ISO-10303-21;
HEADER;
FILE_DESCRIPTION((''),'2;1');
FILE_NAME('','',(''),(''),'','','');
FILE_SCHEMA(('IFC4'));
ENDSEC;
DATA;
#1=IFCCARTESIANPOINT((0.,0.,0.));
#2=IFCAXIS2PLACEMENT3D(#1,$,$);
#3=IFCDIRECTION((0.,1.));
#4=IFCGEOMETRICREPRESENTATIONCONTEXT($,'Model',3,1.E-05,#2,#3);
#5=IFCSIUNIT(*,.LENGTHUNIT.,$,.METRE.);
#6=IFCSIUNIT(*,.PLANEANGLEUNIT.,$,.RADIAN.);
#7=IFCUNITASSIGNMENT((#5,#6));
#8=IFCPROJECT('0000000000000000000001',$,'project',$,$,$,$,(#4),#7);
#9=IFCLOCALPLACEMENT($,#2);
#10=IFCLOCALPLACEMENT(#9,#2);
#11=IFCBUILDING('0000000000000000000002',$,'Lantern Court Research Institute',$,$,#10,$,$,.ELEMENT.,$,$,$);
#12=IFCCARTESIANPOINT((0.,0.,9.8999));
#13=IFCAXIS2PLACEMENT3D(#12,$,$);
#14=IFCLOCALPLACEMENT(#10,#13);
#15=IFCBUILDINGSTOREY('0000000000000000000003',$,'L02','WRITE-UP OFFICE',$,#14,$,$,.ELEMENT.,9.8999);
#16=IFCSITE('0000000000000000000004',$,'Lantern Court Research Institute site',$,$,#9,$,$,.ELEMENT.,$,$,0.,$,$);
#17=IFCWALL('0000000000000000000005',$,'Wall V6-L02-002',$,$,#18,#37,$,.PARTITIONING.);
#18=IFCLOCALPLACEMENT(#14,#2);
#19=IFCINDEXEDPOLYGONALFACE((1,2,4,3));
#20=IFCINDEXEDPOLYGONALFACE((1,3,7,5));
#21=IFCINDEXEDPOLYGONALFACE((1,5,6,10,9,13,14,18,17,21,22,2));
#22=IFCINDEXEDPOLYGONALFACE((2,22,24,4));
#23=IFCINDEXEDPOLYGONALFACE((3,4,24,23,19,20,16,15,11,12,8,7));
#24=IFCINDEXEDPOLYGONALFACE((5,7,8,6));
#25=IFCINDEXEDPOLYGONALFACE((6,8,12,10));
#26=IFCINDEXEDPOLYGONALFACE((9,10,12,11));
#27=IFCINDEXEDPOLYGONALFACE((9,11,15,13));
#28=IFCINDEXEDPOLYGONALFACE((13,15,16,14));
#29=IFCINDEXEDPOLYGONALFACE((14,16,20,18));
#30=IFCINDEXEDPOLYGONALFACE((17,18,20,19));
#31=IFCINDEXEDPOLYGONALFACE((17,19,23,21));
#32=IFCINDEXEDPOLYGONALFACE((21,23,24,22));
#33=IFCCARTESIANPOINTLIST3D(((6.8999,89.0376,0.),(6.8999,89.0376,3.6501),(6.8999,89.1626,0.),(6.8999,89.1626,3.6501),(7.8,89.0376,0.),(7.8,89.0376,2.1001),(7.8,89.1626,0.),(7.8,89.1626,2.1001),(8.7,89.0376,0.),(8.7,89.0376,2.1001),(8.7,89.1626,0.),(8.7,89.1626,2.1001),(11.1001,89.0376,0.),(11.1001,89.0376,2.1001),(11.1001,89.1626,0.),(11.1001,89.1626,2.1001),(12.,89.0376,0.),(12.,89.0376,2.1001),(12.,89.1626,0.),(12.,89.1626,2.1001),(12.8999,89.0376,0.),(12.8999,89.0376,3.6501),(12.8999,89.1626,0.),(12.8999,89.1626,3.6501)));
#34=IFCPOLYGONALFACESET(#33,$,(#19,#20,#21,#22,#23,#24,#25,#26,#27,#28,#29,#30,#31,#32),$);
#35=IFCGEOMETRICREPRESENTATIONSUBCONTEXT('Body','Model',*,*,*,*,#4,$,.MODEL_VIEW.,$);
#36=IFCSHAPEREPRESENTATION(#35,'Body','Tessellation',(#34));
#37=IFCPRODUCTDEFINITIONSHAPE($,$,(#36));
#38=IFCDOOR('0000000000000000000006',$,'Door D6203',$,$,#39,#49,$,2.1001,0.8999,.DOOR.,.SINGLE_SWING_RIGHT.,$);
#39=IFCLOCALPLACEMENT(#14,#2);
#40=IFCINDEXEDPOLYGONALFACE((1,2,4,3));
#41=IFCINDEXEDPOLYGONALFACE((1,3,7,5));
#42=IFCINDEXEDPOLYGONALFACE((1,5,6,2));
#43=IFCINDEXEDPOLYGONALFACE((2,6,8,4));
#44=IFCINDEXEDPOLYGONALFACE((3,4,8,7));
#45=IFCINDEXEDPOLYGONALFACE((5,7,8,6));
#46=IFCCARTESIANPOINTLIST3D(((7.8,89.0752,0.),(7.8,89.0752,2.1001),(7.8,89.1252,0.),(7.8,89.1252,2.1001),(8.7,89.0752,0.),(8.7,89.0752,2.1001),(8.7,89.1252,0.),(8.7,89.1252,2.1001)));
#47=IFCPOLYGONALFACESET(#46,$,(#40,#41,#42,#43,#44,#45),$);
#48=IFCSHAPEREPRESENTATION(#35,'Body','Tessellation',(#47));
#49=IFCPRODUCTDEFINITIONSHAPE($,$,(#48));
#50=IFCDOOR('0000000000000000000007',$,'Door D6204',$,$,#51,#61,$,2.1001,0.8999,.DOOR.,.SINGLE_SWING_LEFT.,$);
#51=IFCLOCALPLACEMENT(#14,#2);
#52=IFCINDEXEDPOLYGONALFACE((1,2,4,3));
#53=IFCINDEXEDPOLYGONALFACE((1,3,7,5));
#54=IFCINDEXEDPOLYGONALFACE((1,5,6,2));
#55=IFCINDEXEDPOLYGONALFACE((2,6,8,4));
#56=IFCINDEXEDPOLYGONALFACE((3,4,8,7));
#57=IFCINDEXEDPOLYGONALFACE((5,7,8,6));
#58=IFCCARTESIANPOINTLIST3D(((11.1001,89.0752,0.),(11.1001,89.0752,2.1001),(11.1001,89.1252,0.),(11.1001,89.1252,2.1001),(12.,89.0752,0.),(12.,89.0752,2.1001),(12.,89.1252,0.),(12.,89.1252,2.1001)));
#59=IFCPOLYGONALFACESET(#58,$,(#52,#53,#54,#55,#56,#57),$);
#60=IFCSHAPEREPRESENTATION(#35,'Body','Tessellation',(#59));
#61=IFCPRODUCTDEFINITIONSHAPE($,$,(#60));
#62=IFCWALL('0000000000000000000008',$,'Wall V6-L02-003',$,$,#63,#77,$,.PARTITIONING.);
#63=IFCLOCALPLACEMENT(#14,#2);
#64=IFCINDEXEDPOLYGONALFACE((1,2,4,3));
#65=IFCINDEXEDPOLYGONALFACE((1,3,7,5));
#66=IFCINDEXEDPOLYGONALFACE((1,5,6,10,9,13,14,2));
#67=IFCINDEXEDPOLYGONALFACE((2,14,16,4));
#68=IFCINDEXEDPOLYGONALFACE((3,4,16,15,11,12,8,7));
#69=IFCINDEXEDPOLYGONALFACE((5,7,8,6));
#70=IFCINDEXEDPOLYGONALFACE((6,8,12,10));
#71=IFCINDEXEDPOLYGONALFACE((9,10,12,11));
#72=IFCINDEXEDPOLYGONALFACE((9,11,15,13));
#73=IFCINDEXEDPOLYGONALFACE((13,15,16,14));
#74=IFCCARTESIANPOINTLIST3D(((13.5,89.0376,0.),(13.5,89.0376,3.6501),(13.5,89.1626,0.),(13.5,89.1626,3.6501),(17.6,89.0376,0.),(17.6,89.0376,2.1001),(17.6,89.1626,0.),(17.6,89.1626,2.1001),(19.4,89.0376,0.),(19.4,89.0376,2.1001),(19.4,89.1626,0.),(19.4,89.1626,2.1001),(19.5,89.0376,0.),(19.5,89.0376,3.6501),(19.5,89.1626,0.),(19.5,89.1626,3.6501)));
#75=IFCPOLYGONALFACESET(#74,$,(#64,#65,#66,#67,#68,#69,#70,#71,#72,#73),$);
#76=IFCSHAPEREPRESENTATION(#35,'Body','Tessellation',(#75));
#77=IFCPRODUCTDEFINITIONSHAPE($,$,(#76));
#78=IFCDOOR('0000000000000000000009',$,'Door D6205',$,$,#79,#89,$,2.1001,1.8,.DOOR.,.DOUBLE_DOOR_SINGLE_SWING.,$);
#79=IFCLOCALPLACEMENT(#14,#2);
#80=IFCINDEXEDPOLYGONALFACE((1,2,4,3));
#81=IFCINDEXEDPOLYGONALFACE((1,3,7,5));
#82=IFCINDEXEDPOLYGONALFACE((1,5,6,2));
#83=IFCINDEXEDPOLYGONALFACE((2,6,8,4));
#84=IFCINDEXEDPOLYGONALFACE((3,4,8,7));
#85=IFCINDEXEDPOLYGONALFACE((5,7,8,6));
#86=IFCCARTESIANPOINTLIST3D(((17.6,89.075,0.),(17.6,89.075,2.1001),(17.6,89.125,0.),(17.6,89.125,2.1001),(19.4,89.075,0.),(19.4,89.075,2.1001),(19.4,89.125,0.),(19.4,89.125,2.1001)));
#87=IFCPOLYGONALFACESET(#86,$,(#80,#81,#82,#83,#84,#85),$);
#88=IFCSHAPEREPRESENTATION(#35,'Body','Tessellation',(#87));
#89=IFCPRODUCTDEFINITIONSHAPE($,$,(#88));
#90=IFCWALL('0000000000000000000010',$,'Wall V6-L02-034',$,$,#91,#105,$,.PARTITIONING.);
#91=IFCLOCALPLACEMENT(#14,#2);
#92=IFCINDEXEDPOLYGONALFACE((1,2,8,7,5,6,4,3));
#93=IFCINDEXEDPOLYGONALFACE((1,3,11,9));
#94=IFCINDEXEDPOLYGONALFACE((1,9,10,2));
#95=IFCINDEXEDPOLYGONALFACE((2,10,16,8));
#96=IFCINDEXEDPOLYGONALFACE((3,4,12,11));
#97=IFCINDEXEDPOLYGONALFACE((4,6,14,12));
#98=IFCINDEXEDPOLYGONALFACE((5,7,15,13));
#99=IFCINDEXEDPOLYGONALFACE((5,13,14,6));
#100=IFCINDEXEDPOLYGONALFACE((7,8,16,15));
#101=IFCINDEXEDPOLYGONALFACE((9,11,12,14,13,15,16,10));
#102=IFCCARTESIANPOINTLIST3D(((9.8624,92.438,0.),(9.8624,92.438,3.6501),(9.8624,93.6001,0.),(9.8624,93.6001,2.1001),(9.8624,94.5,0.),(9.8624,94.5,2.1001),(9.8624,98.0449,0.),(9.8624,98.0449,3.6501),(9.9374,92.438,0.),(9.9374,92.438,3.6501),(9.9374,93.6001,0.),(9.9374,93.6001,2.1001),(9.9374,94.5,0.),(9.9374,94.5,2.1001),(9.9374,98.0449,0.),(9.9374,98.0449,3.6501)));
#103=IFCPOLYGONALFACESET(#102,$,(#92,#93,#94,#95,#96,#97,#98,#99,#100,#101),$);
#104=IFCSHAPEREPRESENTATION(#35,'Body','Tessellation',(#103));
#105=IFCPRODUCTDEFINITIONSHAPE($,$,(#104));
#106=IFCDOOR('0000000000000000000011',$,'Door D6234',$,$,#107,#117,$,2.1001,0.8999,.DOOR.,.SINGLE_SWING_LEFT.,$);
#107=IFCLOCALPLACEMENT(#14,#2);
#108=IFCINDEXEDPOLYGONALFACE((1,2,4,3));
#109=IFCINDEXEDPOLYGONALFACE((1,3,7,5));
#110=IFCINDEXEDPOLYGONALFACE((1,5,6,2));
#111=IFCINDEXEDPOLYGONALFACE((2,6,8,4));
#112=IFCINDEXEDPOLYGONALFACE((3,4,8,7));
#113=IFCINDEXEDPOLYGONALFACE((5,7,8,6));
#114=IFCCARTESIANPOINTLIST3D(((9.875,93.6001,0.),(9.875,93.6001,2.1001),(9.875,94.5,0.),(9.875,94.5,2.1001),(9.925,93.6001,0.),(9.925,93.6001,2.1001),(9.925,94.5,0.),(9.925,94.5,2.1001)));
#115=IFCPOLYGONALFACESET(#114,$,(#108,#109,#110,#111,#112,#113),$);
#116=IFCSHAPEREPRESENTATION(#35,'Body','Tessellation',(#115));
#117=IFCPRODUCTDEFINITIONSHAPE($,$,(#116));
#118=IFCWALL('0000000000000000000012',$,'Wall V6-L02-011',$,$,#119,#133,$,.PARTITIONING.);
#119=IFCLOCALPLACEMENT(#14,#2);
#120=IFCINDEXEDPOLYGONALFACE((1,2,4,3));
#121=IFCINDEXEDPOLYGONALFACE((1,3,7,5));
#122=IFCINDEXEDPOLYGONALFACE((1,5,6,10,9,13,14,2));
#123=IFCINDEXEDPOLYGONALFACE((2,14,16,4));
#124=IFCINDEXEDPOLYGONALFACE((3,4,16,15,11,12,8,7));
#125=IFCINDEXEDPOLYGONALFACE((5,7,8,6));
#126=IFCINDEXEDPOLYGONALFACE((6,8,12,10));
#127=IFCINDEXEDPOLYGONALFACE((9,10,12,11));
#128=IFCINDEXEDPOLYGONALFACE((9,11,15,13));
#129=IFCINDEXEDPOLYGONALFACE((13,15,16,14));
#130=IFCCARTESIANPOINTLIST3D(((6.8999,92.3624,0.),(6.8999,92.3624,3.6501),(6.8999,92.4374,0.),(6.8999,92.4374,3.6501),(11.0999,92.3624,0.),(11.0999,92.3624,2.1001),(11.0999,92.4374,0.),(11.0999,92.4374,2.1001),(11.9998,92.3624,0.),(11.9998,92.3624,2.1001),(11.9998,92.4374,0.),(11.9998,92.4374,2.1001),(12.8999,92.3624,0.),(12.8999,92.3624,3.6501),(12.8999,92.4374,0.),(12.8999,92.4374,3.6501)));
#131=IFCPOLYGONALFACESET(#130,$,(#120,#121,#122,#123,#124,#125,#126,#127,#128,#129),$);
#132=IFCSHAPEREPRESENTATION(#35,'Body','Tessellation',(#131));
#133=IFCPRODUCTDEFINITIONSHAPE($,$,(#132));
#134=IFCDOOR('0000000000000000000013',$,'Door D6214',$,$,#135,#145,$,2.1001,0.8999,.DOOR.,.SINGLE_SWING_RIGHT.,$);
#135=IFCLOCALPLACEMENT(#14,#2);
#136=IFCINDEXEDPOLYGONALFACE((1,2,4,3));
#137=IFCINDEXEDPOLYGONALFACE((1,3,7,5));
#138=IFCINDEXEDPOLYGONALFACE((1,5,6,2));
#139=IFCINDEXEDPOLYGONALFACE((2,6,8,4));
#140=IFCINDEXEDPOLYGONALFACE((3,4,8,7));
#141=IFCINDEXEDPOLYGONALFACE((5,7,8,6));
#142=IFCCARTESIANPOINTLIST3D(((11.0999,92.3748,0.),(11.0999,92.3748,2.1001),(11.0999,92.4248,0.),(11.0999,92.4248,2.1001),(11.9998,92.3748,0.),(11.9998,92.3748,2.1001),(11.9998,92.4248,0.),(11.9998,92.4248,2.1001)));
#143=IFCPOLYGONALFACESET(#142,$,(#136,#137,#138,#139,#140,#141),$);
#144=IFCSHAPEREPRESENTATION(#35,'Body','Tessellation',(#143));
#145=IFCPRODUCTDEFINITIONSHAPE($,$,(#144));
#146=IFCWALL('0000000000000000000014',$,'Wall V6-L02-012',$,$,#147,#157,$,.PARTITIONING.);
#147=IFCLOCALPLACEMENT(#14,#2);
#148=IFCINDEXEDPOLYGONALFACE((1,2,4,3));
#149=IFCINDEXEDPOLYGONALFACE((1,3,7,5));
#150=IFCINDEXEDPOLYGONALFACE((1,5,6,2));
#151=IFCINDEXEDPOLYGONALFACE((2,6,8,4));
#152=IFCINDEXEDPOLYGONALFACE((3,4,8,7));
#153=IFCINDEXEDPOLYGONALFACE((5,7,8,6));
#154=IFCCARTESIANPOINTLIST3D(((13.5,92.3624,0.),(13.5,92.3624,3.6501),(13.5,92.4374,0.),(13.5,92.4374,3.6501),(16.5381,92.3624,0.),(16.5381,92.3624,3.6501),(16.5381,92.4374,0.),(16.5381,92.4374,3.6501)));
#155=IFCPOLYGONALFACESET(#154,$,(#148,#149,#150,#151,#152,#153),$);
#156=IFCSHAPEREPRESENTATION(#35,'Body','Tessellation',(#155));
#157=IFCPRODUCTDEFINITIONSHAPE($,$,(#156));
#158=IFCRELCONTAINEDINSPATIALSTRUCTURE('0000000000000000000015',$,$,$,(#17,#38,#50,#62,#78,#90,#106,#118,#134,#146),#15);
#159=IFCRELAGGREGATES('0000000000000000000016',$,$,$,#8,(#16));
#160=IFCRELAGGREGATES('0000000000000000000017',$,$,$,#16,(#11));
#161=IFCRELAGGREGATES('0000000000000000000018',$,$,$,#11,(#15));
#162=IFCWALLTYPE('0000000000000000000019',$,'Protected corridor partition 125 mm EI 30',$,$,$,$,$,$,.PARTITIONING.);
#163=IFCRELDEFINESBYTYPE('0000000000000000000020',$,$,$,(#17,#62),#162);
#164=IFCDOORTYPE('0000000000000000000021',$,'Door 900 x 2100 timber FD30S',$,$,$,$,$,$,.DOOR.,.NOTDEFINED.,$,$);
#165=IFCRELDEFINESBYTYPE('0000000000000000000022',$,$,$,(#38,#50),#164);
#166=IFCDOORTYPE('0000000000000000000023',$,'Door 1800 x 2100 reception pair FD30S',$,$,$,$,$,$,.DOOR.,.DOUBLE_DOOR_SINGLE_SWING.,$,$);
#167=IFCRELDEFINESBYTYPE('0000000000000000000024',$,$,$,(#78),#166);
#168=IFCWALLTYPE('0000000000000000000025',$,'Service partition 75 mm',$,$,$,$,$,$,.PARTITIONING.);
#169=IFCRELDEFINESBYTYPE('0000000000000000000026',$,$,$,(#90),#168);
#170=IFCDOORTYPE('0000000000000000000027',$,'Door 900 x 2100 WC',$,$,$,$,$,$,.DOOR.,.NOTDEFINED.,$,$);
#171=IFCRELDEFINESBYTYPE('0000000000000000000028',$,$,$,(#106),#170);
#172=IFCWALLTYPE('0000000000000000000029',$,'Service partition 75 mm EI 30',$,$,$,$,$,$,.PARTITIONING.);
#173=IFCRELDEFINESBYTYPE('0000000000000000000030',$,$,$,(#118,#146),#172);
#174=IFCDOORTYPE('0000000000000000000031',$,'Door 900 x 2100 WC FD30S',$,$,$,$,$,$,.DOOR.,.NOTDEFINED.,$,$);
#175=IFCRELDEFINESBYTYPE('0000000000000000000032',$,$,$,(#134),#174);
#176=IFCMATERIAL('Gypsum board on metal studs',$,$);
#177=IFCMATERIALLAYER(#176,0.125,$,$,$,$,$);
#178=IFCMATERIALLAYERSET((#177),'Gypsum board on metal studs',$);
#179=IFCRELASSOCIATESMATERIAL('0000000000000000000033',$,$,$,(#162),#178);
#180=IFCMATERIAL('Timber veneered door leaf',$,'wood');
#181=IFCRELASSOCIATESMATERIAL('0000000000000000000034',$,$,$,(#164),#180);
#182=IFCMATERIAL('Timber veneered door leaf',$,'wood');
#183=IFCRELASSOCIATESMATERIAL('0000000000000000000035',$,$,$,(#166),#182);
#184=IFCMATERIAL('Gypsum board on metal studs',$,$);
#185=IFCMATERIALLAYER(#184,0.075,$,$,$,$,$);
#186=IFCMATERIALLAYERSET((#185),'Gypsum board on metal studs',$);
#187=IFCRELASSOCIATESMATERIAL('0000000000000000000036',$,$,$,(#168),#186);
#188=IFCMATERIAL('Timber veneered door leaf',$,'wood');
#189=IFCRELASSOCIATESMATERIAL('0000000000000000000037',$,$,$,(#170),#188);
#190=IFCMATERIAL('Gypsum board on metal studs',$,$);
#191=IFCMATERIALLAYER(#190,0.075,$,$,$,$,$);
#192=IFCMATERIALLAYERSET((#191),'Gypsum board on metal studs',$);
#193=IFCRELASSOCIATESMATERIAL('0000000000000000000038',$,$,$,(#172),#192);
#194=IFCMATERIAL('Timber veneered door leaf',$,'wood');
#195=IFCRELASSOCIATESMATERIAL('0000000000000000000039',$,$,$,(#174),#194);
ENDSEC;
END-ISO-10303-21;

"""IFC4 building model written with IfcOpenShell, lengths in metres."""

from ifc_helpers import new_model, si_unit, direction, frame, frame_2d, origin, place, context, subcontext, project, spatial, rectangle, extrude, material, layer, layer_set, type_object, element, fill, save


model = new_model("IFC4")

# Units and contexts
model_context = context("Model", 3, precision=1e-05, world=origin(), true_north=direction((0.0, 1.0)))
body_context = subcontext(model_context, "Body", "Model", "MODEL_VIEW")
ifc_project = project(units=[si_unit("LENGTHUNIT", "METRE"), si_unit("PLANEANGLEUNIT", "RADIAN")], contexts=[model_context])

# Site, building, storey
site_placement = place(None, origin())
site = spatial("IfcSite", under=ifc_project, at=site_placement, Name="Lantern Court Research Institute site", CompositionType="ELEMENT", RefElevation=0.0)
building_placement = place(site_placement, origin())
building = spatial("IfcBuilding", under=site, at=building_placement, Name="Lantern Court Research Institute", CompositionType="ELEMENT")
storey_placement = place(building_placement, frame((0.0, 0.0, 9.8999)))
storey = spatial("IfcBuildingStorey", under=building, at=storey_placement, Name="L02", Description="WRITE-UP OFFICE", CompositionType="ELEMENT", Elevation=9.8999)

# Wall, openings, doors
ifc_material_1 = material(Name="Gypsum board on metal studs")
ifc_layer_1 = layer(ifc_material_1, 0.125)
ifc_layer_set_1 = layer_set([ifc_layer_1], Name="Gypsum board on metal studs")
wall_type_1 = type_object("IfcWallType", Name="Protected corridor partition 125 mm EI 30", PredefinedType="PARTITIONING", material=ifc_layer_set_1)
wall_1_placement = place(storey_placement, frame((12.8999, 89.1001, 0.0), z_axis=(0.0, 0.0, 1.0), x_axis=(-1.0, 0.0, 0.0)))
wall_1 = element("IfcWall", 1, at=wall_1_placement, inside=storey, type_object=wall_type_1, Name="Wall V6-L02-002", PredefinedType="PARTITIONING", context=body_context, shape_type="SweptSolid", body=[
    extrude(rectangle(XDim=6.0, YDim=0.125, at=frame_2d((3.0, 0.0))), origin(), (0.0, 0.0, 1.0), 3.6501),
])
opening_1_placement = place(wall_1_placement, frame((4.2, 0.0, 0.0)))
opening_1 = element("IfcOpeningElement", 2, at=opening_1_placement, cuts=wall_1, PredefinedType="OPENING", context=body_context, shape_type="SweptSolid", body=[
    extrude(rectangle(XDim=0.8999, YDim=2.1001, at=frame_2d((0.45, 1.05))), frame((0.0, 0.0725, 0.0), z_axis=(0.0, -1.0, 0.0), x_axis=(1.0, 0.0, 0.0)), (0.0, 0.0, 1.0), 0.145),
])
opening_2_placement = place(wall_1_placement, frame((0.8999, 0.0, 0.0)))
opening_2 = element("IfcOpeningElement", 3, at=opening_2_placement, cuts=wall_1, PredefinedType="OPENING", context=body_context, shape_type="SweptSolid", body=[
    extrude(rectangle(XDim=0.8999, YDim=2.1001, at=frame_2d((0.45, 1.05))), frame((0.0, 0.0725, 0.0), z_axis=(0.0, -1.0, 0.0), x_axis=(1.0, 0.0, 0.0)), (0.0, 0.0, 1.0), 0.145),
])
ifc_material_2 = material(Name="Timber veneered door leaf", Category="wood")
door_type_1 = type_object("IfcDoorType", Name="Door 900 x 2100 timber FD30S", OperationType="NOTDEFINED", PredefinedType="DOOR", material=ifc_material_2)
door_1_placement = place(opening_1_placement, origin())
door_1 = element("IfcDoor", 4, at=door_1_placement, inside=storey, type_object=door_type_1, Name="Door D6203", OperationType="SINGLE_SWING_RIGHT", OverallHeight=2.1001, OverallWidth=0.8999, PredefinedType="DOOR", context=body_context, shape_type="SweptSolid", body=[
    extrude(rectangle(XDim=0.8999, YDim=2.1001, at=frame_2d((0.45, 1.05))), frame((0.0, 0.0249, 0.0), z_axis=(0.0, -1.0, 0.0), x_axis=(1.0, 0.0, 0.0)), (0.0, 0.0, 1.0), 0.05),
])
fill(opening_1, door_1)
door_2_placement = place(opening_2_placement, origin())
door_2 = element("IfcDoor", 5, at=door_2_placement, inside=storey, type_object=door_type_1, Name="Door D6204", OperationType="SINGLE_SWING_LEFT", OverallHeight=2.1001, OverallWidth=0.8999, PredefinedType="DOOR", context=body_context, shape_type="SweptSolid", body=[
    extrude(rectangle(XDim=0.8999, YDim=2.1001, at=frame_2d((0.45, 1.05))), frame((0.0, 0.0249, 0.0), z_axis=(0.0, -1.0, 0.0), x_axis=(1.0, 0.0, 0.0)), (0.0, 0.0, 1.0), 0.05),
])
fill(opening_2, door_2)

# Walls, openings, doors
wall_2_placement = place(storey_placement, frame((13.5, 89.1001, 0.0), z_axis=(0.0, 0.0, 1.0), x_axis=(1.0, 0.0, 0.0)))
wall_2 = element("IfcWall", 6, at=wall_2_placement, inside=storey, type_object=wall_type_1, Name="Wall V6-L02-003", PredefinedType="PARTITIONING", context=body_context, shape_type="SweptSolid", body=[
    extrude(rectangle(XDim=6.0, YDim=0.125, at=frame_2d((3.0, 0.0))), origin(), (0.0, 0.0, 1.0), 3.6501),
])
opening_3_placement = place(wall_2_placement, frame((4.1001, 0.0, 0.0)))
opening_3 = element("IfcOpeningElement", 7, at=opening_3_placement, cuts=wall_2, PredefinedType="OPENING", context=body_context, shape_type="SweptSolid", body=[
    extrude(rectangle(XDim=1.8, YDim=2.1001, at=frame_2d((0.8999, 1.05))), frame((0.0, 0.0725, 0.0), z_axis=(0.0, -1.0, 0.0), x_axis=(1.0, 0.0, 0.0)), (0.0, 0.0, 1.0), 0.145),
])
ifc_material_3 = material(Name="Timber veneered door leaf", Category="wood")
door_type_2 = type_object("IfcDoorType", Name="Door 1800 x 2100 reception pair FD30S", OperationType="DOUBLE_DOOR_SINGLE_SWING", PredefinedType="DOOR", material=ifc_material_3)
door_3_placement = place(opening_3_placement, origin())
door_3 = element("IfcDoor", 8, at=door_3_placement, inside=storey, type_object=door_type_2, Name="Door D6205", OperationType="DOUBLE_DOOR_SINGLE_SWING", OverallHeight=2.1001, OverallWidth=1.8, PredefinedType="DOOR", context=body_context, shape_type="SweptSolid", body=[
    extrude(rectangle(XDim=1.8, YDim=2.1001, at=frame_2d((0.8999, 1.05))), frame((0.0, 0.0249, 0.0), z_axis=(0.0, -1.0, 0.0), x_axis=(1.0, 0.0, 0.0)), (0.0, 0.0, 1.0), 0.05),
])
fill(opening_3, door_3)
ifc_material_4 = material(Name="Gypsum board on metal studs")
ifc_layer_2 = layer(ifc_material_4, 0.075)
ifc_layer_set_2 = layer_set([ifc_layer_2], Name="Gypsum board on metal studs")
wall_type_2 = type_object("IfcWallType", Name="Service partition 75 mm", PredefinedType="PARTITIONING", material=ifc_layer_set_2)
wall_3_placement = place(storey_placement, frame((9.8999, 92.438, 0.0), z_axis=(0.0, 0.0, 1.0), x_axis=(0.0, 1.0, 0.0)))
wall_3 = element("IfcWall", 9, at=wall_3_placement, inside=storey, type_object=wall_type_2, Name="Wall V6-L02-034", PredefinedType="PARTITIONING", context=body_context, shape_type="SweptSolid", body=[
    extrude(rectangle(XDim=5.6069, YDim=0.075, at=frame_2d((2.8035, 0.0))), origin(), (0.0, 0.0, 1.0), 3.6501),
])
opening_4_placement = place(wall_3_placement, frame((1.1621, 0.0, 0.0)))
opening_4 = element("IfcOpeningElement", 10, at=opening_4_placement, cuts=wall_3, PredefinedType="OPENING", context=body_context, shape_type="SweptSolid", body=[
    extrude(rectangle(XDim=0.8999, YDim=2.1001, at=frame_2d((0.45, 1.05))), frame((0.0, 0.0474, 0.0), z_axis=(0.0, -1.0, 0.0), x_axis=(1.0, 0.0, 0.0)), (0.0, 0.0, 1.0), 0.095),
])
ifc_material_5 = material(Name="Timber veneered door leaf", Category="wood")
door_type_3 = type_object("IfcDoorType", Name="Door 900 x 2100 WC", OperationType="NOTDEFINED", PredefinedType="DOOR", material=ifc_material_5)
door_4_placement = place(opening_4_placement, origin())
door_4 = element("IfcDoor", 11, at=door_4_placement, inside=storey, type_object=door_type_3, Name="Door D6234", OperationType="SINGLE_SWING_LEFT", OverallHeight=2.1001, OverallWidth=0.8999, PredefinedType="DOOR", context=body_context, shape_type="SweptSolid", body=[
    extrude(rectangle(XDim=0.8999, YDim=2.1001, at=frame_2d((0.45, 1.05))), frame((0.0, 0.0249, 0.0), z_axis=(0.0, -1.0, 0.0), x_axis=(1.0, 0.0, 0.0)), (0.0, 0.0, 1.0), 0.05),
])
fill(opening_4, door_4)
ifc_material_6 = material(Name="Gypsum board on metal studs")
ifc_layer_3 = layer(ifc_material_6, 0.075)
ifc_layer_set_3 = layer_set([ifc_layer_3], Name="Gypsum board on metal studs")
wall_type_3 = type_object("IfcWallType", Name="Service partition 75 mm EI 30", PredefinedType="PARTITIONING", material=ifc_layer_set_3)
wall_4_placement = place(storey_placement, frame((6.8999, 92.3999, 0.0), z_axis=(0.0, 0.0, 1.0), x_axis=(1.0, 0.0, 0.0)))
wall_4 = element("IfcWall", 12, at=wall_4_placement, inside=storey, type_object=wall_type_3, Name="Wall V6-L02-011", PredefinedType="PARTITIONING", context=body_context, shape_type="SweptSolid", body=[
    extrude(rectangle(XDim=6.0, YDim=0.075, at=frame_2d((3.0, 0.0))), origin(), (0.0, 0.0, 1.0), 3.6501),
])
opening_5_placement = place(wall_4_placement, frame((4.2, 0.0, 0.0)))
opening_5 = element("IfcOpeningElement", 13, at=opening_5_placement, cuts=wall_4, PredefinedType="OPENING", context=body_context, shape_type="SweptSolid", body=[
    extrude(rectangle(XDim=0.8999, YDim=2.1001, at=frame_2d((0.45, 1.05))), frame((0.0, 0.0474, 0.0), z_axis=(0.0, -1.0, 0.0), x_axis=(1.0, 0.0, 0.0)), (0.0, 0.0, 1.0), 0.095),
])
ifc_material_7 = material(Name="Timber veneered door leaf", Category="wood")
door_type_4 = type_object("IfcDoorType", Name="Door 900 x 2100 WC FD30S", OperationType="NOTDEFINED", PredefinedType="DOOR", material=ifc_material_7)
door_5_placement = place(opening_5_placement, origin())
door_5 = element("IfcDoor", 14, at=door_5_placement, inside=storey, type_object=door_type_4, Name="Door D6214", OperationType="SINGLE_SWING_RIGHT", OverallHeight=2.1001, OverallWidth=0.8999, PredefinedType="DOOR", context=body_context, shape_type="SweptSolid", body=[
    extrude(rectangle(XDim=0.8999, YDim=2.1001, at=frame_2d((0.45, 1.05))), frame((0.0, 0.0249, 0.0), z_axis=(0.0, -1.0, 0.0), x_axis=(1.0, 0.0, 0.0)), (0.0, 0.0, 1.0), 0.05),
])
fill(opening_5, door_5)

# Wall
wall_5_placement = place(storey_placement, frame((13.5, 92.3999, 0.0), z_axis=(0.0, 0.0, 1.0), x_axis=(1.0, 0.0, 0.0)))
element("IfcWall", 15, at=wall_5_placement, inside=storey, type_object=wall_type_3, Name="Wall V6-L02-012", PredefinedType="PARTITIONING", context=body_context, shape_type="SweptSolid", body=[
    extrude(rectangle(XDim=3.0381, YDim=0.075, at=frame_2d((1.519, 0.0))), origin(), (0.0, 0.0, 1.0), 3.6501),
])

save(model, "model.ifc")
